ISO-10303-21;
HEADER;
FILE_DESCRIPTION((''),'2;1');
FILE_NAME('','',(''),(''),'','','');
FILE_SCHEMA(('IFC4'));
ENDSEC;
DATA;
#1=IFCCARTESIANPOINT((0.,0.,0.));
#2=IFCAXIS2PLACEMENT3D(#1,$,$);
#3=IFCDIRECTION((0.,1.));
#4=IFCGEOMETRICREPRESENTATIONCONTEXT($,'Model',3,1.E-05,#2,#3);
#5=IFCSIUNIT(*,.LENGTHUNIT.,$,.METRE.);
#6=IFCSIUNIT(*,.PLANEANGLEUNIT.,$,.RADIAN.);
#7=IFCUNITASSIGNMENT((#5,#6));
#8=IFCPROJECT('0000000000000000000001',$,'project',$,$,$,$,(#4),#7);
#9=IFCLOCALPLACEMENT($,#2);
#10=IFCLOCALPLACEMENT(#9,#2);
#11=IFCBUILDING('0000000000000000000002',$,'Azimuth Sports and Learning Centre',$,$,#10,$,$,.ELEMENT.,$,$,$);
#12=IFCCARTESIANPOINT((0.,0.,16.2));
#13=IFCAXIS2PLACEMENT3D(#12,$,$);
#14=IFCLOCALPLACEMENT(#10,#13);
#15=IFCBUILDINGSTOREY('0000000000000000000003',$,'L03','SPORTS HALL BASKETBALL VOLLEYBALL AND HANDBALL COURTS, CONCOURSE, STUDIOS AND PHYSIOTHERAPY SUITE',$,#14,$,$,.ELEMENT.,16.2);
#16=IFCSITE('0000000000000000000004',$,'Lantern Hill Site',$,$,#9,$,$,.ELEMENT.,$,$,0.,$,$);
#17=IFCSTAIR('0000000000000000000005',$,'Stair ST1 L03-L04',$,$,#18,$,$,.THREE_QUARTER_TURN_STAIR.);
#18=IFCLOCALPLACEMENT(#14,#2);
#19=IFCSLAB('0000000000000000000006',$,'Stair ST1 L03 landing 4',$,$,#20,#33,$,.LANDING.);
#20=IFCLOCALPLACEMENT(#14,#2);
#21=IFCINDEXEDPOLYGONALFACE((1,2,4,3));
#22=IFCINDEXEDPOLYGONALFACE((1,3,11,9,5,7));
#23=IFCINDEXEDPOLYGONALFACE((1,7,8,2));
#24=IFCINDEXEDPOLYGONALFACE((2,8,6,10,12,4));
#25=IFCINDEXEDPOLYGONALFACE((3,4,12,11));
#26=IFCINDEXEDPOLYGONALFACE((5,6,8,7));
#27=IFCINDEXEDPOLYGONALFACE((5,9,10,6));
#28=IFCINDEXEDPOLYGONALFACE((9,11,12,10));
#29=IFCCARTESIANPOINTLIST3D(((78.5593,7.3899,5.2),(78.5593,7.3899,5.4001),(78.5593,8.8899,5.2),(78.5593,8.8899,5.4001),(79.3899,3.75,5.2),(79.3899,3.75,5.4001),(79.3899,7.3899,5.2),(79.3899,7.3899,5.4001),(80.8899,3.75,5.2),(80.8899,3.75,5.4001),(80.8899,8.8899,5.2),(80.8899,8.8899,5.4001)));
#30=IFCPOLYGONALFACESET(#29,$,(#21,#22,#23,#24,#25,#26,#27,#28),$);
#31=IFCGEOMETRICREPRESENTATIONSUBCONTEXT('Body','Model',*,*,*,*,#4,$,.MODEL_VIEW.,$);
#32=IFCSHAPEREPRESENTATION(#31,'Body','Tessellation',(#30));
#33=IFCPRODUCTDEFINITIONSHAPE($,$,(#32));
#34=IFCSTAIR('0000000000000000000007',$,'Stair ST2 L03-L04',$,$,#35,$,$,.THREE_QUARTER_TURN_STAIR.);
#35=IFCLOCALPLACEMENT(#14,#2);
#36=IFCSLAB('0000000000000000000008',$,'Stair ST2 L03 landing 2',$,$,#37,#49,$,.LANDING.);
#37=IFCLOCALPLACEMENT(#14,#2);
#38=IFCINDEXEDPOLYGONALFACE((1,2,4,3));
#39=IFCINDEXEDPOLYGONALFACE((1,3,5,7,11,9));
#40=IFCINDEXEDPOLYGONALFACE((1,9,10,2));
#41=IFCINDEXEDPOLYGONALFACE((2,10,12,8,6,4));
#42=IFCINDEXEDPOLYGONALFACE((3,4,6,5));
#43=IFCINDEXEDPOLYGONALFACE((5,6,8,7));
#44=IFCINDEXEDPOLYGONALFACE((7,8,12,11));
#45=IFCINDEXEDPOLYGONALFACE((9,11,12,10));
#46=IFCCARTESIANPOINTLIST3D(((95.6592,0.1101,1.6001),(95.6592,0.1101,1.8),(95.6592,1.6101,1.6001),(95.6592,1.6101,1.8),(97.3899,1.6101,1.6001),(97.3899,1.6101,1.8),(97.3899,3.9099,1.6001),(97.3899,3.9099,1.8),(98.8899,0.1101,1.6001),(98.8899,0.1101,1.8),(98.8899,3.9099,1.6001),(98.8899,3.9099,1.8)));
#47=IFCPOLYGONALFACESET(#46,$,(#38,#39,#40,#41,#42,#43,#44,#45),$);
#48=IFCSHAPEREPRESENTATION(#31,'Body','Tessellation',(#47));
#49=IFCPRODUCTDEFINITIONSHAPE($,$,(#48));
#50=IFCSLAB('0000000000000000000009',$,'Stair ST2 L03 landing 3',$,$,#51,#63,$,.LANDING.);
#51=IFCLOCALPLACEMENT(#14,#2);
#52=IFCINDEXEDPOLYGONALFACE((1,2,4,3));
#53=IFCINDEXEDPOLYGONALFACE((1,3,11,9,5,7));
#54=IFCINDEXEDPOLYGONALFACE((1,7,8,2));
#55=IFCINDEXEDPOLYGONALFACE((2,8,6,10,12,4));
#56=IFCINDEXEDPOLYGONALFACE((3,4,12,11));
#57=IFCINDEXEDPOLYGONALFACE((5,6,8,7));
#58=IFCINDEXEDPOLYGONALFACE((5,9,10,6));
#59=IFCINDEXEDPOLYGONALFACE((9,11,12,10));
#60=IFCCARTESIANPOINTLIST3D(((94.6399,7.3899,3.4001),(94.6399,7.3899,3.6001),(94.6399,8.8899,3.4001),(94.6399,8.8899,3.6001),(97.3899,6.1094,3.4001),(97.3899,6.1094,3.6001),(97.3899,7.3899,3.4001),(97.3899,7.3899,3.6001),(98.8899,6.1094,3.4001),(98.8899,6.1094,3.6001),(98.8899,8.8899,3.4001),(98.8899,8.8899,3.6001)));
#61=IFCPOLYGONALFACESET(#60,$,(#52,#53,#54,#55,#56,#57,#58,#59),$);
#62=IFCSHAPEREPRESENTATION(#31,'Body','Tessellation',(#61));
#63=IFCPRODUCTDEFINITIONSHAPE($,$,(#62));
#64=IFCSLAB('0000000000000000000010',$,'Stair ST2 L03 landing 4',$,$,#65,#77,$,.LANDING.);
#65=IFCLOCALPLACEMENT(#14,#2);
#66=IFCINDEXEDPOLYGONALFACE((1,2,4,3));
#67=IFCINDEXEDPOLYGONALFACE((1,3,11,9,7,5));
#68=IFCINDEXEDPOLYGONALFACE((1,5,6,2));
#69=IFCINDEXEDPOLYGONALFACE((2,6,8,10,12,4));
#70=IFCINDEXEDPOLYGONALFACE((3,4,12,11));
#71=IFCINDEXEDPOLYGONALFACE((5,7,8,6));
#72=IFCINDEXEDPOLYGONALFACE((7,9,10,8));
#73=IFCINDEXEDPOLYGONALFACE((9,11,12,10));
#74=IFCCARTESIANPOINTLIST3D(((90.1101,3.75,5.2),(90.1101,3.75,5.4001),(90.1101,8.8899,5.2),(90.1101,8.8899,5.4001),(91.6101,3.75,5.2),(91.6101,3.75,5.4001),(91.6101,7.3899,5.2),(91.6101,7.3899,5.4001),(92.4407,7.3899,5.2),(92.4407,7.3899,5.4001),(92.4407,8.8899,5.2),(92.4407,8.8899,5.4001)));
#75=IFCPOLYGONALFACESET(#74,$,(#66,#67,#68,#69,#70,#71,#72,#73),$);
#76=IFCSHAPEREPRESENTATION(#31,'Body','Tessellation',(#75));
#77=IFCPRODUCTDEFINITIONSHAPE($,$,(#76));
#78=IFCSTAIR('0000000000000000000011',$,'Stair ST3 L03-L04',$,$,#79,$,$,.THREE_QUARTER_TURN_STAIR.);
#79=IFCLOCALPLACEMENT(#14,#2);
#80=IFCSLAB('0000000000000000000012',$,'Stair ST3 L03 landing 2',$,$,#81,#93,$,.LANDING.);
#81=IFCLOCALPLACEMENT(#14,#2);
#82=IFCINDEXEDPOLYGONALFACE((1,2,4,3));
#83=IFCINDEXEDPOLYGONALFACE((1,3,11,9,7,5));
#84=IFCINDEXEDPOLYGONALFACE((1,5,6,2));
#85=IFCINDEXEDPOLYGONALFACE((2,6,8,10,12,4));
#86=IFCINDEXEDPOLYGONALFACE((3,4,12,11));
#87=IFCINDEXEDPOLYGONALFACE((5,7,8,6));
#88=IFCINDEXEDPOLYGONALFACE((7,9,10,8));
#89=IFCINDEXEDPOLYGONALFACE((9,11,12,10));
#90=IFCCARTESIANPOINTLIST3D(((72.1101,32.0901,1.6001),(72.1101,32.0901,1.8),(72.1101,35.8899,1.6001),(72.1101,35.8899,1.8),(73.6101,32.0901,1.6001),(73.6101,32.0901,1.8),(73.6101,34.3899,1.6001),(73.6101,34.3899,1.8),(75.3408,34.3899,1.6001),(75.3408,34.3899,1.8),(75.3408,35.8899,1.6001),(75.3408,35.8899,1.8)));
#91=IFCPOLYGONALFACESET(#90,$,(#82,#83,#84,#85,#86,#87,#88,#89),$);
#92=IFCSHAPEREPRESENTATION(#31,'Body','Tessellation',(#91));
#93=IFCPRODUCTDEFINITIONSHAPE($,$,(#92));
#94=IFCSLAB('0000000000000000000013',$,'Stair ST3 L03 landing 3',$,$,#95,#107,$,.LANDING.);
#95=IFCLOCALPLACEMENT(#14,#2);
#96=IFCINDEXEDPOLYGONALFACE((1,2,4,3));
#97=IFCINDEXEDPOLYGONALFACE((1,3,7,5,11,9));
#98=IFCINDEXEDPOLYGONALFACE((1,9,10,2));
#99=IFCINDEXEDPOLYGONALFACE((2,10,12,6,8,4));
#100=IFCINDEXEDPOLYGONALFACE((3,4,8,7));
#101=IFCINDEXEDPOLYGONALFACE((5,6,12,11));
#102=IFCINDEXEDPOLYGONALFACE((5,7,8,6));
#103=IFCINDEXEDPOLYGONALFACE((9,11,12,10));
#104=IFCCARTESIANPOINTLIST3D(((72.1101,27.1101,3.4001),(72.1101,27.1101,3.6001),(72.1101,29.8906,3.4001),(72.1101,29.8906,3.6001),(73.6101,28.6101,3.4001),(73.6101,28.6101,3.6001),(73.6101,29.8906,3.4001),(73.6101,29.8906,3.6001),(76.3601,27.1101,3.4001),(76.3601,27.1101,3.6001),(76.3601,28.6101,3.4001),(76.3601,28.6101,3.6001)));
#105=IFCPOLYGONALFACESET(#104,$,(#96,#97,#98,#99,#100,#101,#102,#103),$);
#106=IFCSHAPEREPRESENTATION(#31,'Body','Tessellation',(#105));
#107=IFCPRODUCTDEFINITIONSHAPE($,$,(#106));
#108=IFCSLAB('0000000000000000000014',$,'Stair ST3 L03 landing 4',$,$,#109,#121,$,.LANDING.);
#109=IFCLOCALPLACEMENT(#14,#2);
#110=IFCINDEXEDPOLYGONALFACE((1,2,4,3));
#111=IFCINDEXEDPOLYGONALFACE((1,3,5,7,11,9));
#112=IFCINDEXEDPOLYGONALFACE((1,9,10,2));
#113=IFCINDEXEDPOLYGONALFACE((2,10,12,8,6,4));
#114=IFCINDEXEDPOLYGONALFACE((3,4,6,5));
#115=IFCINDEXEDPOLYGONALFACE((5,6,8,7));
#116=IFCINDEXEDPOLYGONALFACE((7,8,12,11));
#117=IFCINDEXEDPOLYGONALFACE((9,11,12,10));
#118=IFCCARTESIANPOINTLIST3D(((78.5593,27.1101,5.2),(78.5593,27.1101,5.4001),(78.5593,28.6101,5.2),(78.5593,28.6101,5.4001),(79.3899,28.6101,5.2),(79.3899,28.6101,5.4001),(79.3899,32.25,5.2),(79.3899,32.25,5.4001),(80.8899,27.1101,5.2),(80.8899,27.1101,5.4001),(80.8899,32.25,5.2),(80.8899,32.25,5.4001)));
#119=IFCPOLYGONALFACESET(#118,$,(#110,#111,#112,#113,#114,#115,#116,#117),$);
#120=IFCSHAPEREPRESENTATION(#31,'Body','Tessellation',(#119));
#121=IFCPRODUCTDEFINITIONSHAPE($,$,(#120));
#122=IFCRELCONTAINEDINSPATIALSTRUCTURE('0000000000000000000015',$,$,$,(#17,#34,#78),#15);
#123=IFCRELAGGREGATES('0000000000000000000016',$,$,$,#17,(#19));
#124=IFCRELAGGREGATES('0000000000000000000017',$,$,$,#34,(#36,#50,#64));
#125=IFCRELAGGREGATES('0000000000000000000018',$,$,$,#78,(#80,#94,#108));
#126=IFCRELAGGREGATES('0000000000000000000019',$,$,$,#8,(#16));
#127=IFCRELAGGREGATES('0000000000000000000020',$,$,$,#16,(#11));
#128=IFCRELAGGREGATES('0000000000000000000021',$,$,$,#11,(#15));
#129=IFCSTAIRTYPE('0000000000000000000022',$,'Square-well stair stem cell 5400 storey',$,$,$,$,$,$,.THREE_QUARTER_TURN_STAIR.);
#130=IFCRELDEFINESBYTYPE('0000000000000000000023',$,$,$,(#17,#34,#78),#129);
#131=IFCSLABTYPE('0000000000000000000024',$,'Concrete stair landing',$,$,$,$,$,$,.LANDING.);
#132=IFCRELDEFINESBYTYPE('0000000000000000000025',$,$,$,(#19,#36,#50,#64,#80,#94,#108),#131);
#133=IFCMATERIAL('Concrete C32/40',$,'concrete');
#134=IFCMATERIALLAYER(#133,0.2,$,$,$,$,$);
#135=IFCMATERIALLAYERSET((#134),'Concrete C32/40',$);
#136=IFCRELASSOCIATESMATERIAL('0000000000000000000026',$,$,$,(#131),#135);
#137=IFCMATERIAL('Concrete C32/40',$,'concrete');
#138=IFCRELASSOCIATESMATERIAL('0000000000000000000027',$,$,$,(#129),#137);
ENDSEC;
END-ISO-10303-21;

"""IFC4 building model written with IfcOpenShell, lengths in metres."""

from ifc_helpers import new_model, si_unit, direction, frame, origin, place, context, subcontext, project, spatial, polyline, outline, extrude, material, layer, layer_set, type_object, element, aggregate, save


model = new_model("IFC4")

# Units and contexts
model_context = context("Model", 3, precision=1e-05, world=origin(), true_north=direction((0.0, 1.0)))
body_context = subcontext(model_context, "Body", "Model", "MODEL_VIEW")
ifc_project = project(units=[si_unit("LENGTHUNIT", "METRE"), si_unit("PLANEANGLEUNIT", "RADIAN")], contexts=[model_context])

# Site, building, storey
site_placement = place(None, origin())
site = spatial("IfcSite", under=ifc_project, at=site_placement, Name="Lantern Hill Site", CompositionType="ELEMENT", RefElevation=0.0)
building_placement = place(site_placement, origin())
building = spatial("IfcBuilding", under=site, at=building_placement, Name="Azimuth Sports and Learning Centre", CompositionType="ELEMENT")
storey_placement = place(building_placement, frame((0.0, 0.0, 16.2)))
storey = spatial("IfcBuildingStorey", under=building, at=storey_placement, Name="L03", Description="SPORTS HALL BASKETBALL VOLLEYBALL AND HANDBALL COURTS, CONCOURSE, STUDIOS AND PHYSIOTHERAPY SUITE", CompositionType="ELEMENT", Elevation=16.2)

# Stairs, slabs
ifc_material_1 = material(Name="Concrete C32/40", Category="concrete")
ifc_layer = layer(ifc_material_1, 0.2)
ifc_layer_set = layer_set([ifc_layer], Name="Concrete C32/40")
slab_type = type_object("IfcSlabType", Name="Concrete stair landing", PredefinedType="LANDING", material=ifc_layer_set)
ifc_material_2 = material(Name="Concrete C32/40", Category="concrete")
stair_type_1 = type_object("IfcStairType", Name="Square-well stair stem cell 5400 storey", PredefinedType="THREE_QUARTER_TURN_STAIR", material=ifc_material_2)
stair_1_placement = place(storey_placement, origin())
stair_1 = element("IfcStair", 1, at=stair_1_placement, inside=storey, type_object=stair_type_1, Name="Stair ST1 L03-L04", PredefinedType="THREE_QUARTER_TURN_STAIR")
slab_1_placement = place(storey_placement, frame((0.0, 0.0, 5.2)))
slab_1 = element("IfcSlab", 2, at=slab_1_placement, type_object=slab_type, Name="Stair ST1 L03 landing 4", PredefinedType="LANDING", context=body_context, shape_type="SweptSolid", body=[
    extrude(outline(polyline([(79.3899, 7.3899), (79.3899, 3.75), (80.8899, 3.75), (80.8899, 8.8899), (78.5593, 8.8899), (78.5593, 7.3899), (79.3899, 7.3899)])), origin(), (0.0, 0.0, 1.0), 0.2002),
])
aggregate(stair_1, [slab_1])
stair_2_placement = place(storey_placement, origin())
stair_2 = element("IfcStair", 3, at=stair_2_placement, inside=storey, type_object=stair_type_1, Name="Stair ST2 L03-L04", PredefinedType="THREE_QUARTER_TURN_STAIR")
slab_2_placement = place(storey_placement, frame((0.0, 0.0, 1.6001)))
slab_2 = element("IfcSlab", 4, at=slab_2_placement, type_object=slab_type, Name="Stair ST2 L03 landing 2", PredefinedType="LANDING", context=body_context, shape_type="SweptSolid", body=[
    extrude(outline(polyline([(97.3899, 1.6101), (95.6592, 1.6101), (95.6592, 0.1101), (98.8899, 0.1101), (98.8899, 3.9099), (97.3899, 3.9099), (97.3899, 1.6101)])), origin(), (0.0, 0.0, 1.0), 0.2),
])
slab_3_placement = place(storey_placement, frame((0.0, 0.0, 3.4001)))
slab_3 = element("IfcSlab", 5, at=slab_3_placement, type_object=slab_type, Name="Stair ST2 L03 landing 3", PredefinedType="LANDING", context=body_context, shape_type="SweptSolid", body=[
    extrude(outline(polyline([(97.3899, 7.3899), (97.3899, 6.1094), (98.8899, 6.1094), (98.8899, 8.8899), (94.6399, 8.8899), (94.6399, 7.3899), (97.3899, 7.3899)])), origin(), (0.0, 0.0, 1.0), 0.2),
])
slab_4_placement = place(storey_placement, frame((0.0, 0.0, 5.2)))
slab_4 = element("IfcSlab", 6, at=slab_4_placement, type_object=slab_type, Name="Stair ST2 L03 landing 4", PredefinedType="LANDING", context=body_context, shape_type="SweptSolid", body=[
    extrude(outline(polyline([(91.6101, 7.3899), (92.4407, 7.3899), (92.4407, 8.8899), (90.1101, 8.8899), (90.1101, 3.75), (91.6101, 3.75), (91.6101, 7.3899)])), origin(), (0.0, 0.0, 1.0), 0.2002),
])
aggregate(stair_2, [slab_2, slab_3, slab_4])
stair_3_placement = place(storey_placement, origin())
stair_3 = element("IfcStair", 7, at=stair_3_placement, inside=storey, type_object=stair_type_1, Name="Stair ST3 L03-L04", PredefinedType="THREE_QUARTER_TURN_STAIR")
slab_5_placement = place(storey_placement, frame((0.0, 0.0, 1.6001)))
slab_5 = element("IfcSlab", 8, at=slab_5_placement, type_object=slab_type, Name="Stair ST3 L03 landing 2", PredefinedType="LANDING", context=body_context, shape_type="SweptSolid", body=[
    extrude(outline(polyline([(73.6101, 34.3899), (75.3408, 34.3899), (75.3408, 35.8899), (72.1101, 35.8899), (72.1101, 32.0901), (73.6101, 32.0901), (73.6101, 34.3899)])), origin(), (0.0, 0.0, 1.0), 0.2),
])
slab_6_placement = place(storey_placement, frame((0.0, 0.0, 3.4001)))
slab_6 = element("IfcSlab", 9, at=slab_6_placement, type_object=slab_type, Name="Stair ST3 L03 landing 3", PredefinedType="LANDING", context=body_context, shape_type="SweptSolid", body=[
    extrude(outline(polyline([(73.6101, 28.6101), (73.6101, 29.8906), (72.1101, 29.8906), (72.1101, 27.1101), (76.3601, 27.1101), (76.3601, 28.6101), (73.6101, 28.6101)])), origin(), (0.0, 0.0, 1.0), 0.2),
])
slab_7_placement = place(storey_placement, frame((0.0, 0.0, 5.2)))
slab_7 = element("IfcSlab", 10, at=slab_7_placement, type_object=slab_type, Name="Stair ST3 L03 landing 4", PredefinedType="LANDING", context=body_context, shape_type="SweptSolid", body=[
    extrude(outline(polyline([(79.3899, 28.6101), (78.5593, 28.6101), (78.5593, 27.1101), (80.8899, 27.1101), (80.8899, 32.25), (79.3899, 32.25), (79.3899, 28.6101)])), origin(), (0.0, 0.0, 1.0), 0.2002),
])
aggregate(stair_3, [slab_5, slab_6, slab_7])

save(model, "model.ifc")
